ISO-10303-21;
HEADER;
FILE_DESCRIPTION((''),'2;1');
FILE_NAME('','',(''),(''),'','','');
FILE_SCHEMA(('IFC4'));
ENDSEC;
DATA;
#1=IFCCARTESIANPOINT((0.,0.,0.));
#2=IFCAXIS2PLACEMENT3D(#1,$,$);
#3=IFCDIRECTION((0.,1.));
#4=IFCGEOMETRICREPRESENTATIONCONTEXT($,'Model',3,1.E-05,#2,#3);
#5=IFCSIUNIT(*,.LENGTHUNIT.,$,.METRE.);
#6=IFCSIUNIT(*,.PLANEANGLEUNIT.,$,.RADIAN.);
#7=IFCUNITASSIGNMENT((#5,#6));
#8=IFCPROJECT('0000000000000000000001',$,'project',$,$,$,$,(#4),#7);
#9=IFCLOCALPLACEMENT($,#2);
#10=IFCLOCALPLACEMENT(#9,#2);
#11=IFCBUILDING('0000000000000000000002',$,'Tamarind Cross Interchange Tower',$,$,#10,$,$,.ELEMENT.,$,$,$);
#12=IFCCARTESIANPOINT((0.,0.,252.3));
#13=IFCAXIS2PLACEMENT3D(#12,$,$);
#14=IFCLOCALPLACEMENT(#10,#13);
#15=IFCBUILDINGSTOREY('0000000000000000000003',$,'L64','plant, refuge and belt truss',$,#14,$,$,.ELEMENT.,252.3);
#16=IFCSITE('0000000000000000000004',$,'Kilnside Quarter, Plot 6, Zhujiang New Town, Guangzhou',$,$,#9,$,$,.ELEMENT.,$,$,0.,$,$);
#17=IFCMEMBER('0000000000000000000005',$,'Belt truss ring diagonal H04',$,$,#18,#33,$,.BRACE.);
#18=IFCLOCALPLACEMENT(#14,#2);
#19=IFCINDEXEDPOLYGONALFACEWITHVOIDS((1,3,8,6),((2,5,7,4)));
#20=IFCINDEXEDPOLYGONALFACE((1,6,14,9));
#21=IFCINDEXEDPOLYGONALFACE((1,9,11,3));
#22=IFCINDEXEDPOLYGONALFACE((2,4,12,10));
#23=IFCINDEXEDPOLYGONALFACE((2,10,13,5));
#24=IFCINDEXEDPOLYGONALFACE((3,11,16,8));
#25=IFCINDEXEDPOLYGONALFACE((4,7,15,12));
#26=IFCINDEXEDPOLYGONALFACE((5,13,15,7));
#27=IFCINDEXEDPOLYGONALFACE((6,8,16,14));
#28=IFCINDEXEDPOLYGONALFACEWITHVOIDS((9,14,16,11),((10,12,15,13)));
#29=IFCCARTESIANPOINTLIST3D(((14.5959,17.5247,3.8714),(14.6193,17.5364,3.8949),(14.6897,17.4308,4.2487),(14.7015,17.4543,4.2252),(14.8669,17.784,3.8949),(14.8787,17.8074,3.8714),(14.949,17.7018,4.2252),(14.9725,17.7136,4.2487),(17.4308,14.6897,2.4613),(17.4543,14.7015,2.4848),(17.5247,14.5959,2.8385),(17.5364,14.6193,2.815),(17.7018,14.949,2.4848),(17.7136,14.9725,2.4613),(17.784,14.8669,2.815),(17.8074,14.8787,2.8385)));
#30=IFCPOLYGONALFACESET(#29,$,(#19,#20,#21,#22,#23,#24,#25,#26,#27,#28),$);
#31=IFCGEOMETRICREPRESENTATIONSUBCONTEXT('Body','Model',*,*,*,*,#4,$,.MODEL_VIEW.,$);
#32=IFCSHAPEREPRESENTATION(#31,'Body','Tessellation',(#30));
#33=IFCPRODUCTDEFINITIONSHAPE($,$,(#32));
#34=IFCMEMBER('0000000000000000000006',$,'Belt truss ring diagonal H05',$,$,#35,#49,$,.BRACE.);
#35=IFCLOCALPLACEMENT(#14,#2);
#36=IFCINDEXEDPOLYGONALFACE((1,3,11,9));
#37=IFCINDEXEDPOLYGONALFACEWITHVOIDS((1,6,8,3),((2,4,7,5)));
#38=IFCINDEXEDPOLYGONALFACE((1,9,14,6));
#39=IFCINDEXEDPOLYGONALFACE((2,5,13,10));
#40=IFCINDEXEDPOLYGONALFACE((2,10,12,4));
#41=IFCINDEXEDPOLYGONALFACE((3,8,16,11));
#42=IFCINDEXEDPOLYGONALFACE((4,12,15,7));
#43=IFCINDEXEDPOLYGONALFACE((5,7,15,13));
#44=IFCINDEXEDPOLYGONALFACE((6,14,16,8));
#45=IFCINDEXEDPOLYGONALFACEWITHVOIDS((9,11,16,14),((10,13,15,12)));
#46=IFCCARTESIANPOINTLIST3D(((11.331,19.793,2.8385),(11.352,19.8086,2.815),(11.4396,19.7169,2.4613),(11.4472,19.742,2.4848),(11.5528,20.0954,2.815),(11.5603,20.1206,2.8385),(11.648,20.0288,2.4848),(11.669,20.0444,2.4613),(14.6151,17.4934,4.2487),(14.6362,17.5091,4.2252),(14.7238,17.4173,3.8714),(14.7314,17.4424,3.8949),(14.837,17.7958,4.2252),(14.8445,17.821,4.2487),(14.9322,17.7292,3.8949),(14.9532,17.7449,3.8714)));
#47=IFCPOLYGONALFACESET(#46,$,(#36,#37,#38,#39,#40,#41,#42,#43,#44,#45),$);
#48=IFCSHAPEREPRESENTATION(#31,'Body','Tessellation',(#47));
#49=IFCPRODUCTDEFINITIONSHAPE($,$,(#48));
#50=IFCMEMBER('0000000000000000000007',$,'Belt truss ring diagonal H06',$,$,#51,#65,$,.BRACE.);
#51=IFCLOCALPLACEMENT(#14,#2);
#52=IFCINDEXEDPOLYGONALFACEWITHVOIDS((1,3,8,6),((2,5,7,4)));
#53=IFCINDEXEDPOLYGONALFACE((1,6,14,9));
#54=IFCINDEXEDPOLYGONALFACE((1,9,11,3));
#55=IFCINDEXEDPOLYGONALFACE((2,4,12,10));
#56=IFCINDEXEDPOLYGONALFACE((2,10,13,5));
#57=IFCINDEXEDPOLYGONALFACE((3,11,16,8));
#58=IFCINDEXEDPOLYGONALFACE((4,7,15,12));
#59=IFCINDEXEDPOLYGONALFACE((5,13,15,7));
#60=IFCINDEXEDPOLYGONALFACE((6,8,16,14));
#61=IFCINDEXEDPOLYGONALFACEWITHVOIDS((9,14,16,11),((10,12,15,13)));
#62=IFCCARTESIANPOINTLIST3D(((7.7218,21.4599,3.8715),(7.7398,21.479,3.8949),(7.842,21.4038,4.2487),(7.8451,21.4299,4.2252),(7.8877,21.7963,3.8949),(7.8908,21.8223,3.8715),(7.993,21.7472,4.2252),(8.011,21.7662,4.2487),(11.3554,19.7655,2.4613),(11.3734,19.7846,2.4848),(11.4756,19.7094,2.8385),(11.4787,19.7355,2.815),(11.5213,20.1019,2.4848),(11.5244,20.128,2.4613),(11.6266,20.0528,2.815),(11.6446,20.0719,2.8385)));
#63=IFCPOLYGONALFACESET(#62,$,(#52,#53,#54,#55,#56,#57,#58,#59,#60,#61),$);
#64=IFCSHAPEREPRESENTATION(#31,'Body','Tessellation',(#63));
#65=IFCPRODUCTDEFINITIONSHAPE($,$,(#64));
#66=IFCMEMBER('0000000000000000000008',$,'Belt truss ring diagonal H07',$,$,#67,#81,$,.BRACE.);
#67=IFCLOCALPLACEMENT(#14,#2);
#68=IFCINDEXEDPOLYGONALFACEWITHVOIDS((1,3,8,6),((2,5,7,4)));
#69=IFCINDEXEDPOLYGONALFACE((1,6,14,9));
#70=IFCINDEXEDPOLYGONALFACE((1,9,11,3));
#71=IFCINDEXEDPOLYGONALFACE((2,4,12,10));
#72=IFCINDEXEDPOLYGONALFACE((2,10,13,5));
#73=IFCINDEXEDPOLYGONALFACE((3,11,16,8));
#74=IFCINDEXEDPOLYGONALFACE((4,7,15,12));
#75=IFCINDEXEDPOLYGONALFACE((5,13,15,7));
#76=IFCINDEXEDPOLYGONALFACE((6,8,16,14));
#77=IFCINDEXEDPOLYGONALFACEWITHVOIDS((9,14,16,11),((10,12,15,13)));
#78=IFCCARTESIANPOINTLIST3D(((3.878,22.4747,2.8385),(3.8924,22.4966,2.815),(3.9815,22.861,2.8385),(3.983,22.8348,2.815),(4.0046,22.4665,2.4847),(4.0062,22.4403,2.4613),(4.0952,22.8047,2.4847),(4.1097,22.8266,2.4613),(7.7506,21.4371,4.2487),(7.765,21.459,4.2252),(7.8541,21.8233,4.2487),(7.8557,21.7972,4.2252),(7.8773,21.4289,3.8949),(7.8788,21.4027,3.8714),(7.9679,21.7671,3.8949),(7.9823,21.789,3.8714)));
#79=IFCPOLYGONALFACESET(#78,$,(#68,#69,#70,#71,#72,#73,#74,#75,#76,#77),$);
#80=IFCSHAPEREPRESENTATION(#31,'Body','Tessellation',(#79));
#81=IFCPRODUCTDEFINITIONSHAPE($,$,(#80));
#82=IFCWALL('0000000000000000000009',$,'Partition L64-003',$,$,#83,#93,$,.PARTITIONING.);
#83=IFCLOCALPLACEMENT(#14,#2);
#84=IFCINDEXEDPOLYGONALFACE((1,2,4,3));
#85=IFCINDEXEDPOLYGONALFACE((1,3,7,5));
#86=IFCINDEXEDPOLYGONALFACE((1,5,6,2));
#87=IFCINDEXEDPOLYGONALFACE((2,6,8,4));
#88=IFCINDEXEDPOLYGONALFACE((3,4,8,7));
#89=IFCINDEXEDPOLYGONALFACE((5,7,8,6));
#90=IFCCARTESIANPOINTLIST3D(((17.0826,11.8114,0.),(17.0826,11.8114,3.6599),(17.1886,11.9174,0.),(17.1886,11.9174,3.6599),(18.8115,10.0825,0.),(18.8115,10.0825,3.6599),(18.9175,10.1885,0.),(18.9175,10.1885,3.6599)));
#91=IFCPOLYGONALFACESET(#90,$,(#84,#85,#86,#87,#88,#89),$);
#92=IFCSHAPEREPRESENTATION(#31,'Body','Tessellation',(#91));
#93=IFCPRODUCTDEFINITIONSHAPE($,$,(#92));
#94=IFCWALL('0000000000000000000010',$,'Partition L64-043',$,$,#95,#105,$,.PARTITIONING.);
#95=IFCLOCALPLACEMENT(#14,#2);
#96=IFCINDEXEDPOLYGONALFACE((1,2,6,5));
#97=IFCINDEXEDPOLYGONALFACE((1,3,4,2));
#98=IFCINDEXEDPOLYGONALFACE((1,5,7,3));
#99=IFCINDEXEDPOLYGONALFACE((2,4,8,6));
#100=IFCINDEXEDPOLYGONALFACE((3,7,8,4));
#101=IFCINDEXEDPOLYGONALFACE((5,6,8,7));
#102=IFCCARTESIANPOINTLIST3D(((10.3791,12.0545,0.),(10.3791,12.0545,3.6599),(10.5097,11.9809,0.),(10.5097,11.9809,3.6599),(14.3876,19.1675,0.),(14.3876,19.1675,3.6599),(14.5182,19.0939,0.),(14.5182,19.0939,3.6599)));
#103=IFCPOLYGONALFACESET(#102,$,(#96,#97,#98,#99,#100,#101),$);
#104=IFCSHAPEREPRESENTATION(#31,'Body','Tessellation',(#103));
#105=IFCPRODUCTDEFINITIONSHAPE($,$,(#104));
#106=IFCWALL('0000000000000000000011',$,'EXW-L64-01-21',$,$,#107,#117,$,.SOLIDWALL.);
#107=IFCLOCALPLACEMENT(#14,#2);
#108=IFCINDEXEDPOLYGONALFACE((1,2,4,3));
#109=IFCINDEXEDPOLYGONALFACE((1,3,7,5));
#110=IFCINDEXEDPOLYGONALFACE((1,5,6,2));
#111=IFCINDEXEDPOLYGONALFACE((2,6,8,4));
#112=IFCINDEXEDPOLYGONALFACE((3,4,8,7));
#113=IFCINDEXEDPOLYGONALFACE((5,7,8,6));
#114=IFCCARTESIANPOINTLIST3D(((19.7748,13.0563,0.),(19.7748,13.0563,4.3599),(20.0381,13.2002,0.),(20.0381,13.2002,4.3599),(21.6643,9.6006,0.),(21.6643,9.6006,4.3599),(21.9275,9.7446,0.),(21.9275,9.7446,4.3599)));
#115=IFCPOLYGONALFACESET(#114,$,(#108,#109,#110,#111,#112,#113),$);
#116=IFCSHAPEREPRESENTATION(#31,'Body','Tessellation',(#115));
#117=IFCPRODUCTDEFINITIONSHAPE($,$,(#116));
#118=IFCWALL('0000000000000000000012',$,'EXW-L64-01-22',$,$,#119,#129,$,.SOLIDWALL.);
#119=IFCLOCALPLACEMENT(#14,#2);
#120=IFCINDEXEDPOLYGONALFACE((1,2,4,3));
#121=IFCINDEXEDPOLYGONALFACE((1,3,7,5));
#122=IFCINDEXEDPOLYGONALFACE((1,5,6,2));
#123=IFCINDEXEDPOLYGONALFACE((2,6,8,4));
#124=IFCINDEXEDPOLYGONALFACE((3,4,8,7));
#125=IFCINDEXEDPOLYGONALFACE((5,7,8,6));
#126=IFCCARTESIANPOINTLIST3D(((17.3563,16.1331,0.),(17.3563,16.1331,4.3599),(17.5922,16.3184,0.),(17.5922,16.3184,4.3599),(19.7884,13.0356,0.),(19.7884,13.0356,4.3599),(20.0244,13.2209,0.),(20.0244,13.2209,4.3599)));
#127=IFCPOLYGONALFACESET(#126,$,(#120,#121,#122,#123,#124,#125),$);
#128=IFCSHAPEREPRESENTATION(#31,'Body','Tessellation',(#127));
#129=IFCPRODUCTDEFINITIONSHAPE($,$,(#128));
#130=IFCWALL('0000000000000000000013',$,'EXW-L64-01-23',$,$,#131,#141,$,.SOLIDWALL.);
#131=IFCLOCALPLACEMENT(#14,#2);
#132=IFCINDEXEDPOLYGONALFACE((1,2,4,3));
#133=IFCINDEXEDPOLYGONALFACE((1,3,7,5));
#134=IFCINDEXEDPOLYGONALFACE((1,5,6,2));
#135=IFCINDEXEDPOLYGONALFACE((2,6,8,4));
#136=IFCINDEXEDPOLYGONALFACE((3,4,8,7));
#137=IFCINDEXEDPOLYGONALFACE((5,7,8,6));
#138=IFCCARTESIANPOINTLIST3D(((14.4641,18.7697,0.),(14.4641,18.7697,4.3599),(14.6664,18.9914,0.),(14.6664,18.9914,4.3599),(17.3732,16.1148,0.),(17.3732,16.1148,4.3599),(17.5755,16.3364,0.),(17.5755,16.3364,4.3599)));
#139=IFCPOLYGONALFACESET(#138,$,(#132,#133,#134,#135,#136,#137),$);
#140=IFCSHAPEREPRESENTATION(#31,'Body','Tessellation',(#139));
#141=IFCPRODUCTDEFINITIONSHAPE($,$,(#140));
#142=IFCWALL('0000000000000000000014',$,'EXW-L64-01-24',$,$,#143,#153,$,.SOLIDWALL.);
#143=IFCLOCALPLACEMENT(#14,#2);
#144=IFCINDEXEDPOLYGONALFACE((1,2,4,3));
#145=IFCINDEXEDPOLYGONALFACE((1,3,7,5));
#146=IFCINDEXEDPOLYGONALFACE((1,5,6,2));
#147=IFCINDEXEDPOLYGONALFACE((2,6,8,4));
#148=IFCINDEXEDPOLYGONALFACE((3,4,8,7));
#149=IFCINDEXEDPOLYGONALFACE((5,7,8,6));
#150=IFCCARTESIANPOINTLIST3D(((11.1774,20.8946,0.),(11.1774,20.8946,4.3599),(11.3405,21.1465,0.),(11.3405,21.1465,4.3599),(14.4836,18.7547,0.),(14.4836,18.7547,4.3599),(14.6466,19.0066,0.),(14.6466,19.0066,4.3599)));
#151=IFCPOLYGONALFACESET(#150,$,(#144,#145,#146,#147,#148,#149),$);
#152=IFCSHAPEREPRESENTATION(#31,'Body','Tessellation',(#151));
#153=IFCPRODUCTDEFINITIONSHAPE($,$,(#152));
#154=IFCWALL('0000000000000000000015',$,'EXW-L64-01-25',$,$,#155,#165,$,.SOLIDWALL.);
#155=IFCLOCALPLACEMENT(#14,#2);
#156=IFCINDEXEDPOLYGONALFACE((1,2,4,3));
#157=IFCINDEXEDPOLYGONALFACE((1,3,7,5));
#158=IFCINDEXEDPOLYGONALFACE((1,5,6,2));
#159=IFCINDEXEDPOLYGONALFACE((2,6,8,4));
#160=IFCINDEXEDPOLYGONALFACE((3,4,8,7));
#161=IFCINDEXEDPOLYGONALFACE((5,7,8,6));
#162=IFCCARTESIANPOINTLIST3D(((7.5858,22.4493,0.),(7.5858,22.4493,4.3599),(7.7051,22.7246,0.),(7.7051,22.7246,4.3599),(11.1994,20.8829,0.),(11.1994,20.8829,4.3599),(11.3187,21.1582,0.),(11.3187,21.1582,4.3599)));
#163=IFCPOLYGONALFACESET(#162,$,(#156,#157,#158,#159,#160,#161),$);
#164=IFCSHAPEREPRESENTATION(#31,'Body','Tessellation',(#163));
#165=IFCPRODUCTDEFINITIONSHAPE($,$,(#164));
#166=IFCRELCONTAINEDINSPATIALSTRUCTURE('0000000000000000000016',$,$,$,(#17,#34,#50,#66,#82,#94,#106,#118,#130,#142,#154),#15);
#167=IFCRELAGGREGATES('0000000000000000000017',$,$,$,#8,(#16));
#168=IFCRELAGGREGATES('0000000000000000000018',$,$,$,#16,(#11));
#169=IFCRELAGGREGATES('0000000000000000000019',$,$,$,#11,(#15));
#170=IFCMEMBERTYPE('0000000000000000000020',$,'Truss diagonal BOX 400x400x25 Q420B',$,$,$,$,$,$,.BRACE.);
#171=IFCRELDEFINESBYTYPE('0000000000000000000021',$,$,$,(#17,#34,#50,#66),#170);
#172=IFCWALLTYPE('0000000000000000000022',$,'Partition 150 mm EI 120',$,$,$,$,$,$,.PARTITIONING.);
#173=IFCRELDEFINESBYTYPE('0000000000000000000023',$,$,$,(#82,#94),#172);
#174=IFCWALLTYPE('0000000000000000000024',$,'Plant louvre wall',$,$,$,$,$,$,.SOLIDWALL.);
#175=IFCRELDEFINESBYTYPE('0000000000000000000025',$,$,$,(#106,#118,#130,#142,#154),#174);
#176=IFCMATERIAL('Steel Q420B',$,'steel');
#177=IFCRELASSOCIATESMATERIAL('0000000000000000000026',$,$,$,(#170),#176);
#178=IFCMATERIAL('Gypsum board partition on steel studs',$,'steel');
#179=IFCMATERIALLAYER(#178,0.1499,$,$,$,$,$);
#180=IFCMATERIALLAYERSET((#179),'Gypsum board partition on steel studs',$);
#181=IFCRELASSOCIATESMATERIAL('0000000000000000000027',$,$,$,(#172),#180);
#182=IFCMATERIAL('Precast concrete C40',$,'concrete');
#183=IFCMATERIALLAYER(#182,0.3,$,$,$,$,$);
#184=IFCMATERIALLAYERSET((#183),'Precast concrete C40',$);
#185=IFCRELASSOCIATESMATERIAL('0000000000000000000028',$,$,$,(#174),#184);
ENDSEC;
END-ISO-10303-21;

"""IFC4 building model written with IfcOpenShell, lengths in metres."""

from ifc_helpers import new_model, si_unit, direction, frame, frame_2d, origin, origin_2d, place, context, subcontext, project, spatial, rectangle, hollow_rectangle, extrude, material, layer, layer_set, material_profile, profile_set, type_object, element, save


model = new_model("IFC4")

# Units and contexts
model_context = context("Model", 3, precision=1e-05, world=origin(), true_north=direction((0.0, 1.0)))
body_context = subcontext(model_context, "Body", "Model", "MODEL_VIEW")
ifc_project = project(units=[si_unit("LENGTHUNIT", "METRE"), si_unit("PLANEANGLEUNIT", "RADIAN")], contexts=[model_context])

# Site, building, storey
site_placement = place(None, origin())
site = spatial("IfcSite", under=ifc_project, at=site_placement, Name="Kilnside Quarter, Plot 6, Zhujiang New Town, Guangzhou", CompositionType="ELEMENT", RefElevation=0.0)
building_placement = place(site_placement, origin())
building = spatial("IfcBuilding", under=site, at=building_placement, Name="Tamarind Cross Interchange Tower", CompositionType="ELEMENT")
storey_placement = place(building_placement, frame((0.0, 0.0, 252.3)))
storey = spatial("IfcBuildingStorey", under=building, at=storey_placement, Name="L64", Description="plant, refuge and belt truss", CompositionType="ELEMENT", Elevation=252.3)

# Members
ifc_material_1 = material(Name="Steel Q420B", Category="steel")
ifc_material_profile_1 = material_profile(ifc_material_1, hollow_rectangle(XDim=0.3999, YDim=0.3999, WallThickness=0.0249, at=origin_2d()), Name="BOX 400x400x25")
ifc_profile_set_1 = profile_set([ifc_material_profile_1], Name="Steel Q420B")
member_type_1 = type_object("IfcMemberType", Name="Truss diagonal BOX 400x400x25 Q420B", PredefinedType="BRACE", material=ifc_profile_set_1)
for number, where, z_axis, x_axis, name in (
    (1, (17.6191, 14.7842, 2.6499), (-0.667049, 0.667049, 0.331801), (-0.707107, -0.707107, 0.0), "Belt truss ring diagonal H04"),
    (2, (14.7842, 17.6191, 4.0601), (-0.772751, 0.541075, -0.331803), (-0.573569, -0.819158, 0.0), "Belt truss ring diagonal H05"),
    (3, (11.5, 19.9187, 2.6499), (-0.854964, 0.398673, 0.331806), (-0.422615, -0.906309, 0.0), "Belt truss ring diagonal H06"),
    (4, (7.8665, 21.613, 4.0601), (-0.911206, 0.244145, -0.331807), (-0.258807, -0.965929, 0.0), "Belt truss ring diagonal H07"),
):
    element("IfcMember", number, at=place(storey_placement, frame(where, z_axis=z_axis, x_axis=x_axis)), inside=storey, type_object=member_type_1, Name=name, PredefinedType="BRACE", context=body_context, shape_type="SweptSolid", body=[
        extrude(hollow_rectangle(XDim=0.3999, YDim=0.3999, WallThickness=0.0249, at=origin_2d()), origin(), (0.0, 0.0, 1.0), 4.25),
    ])

# Walls
ifc_material_2 = material(Name="Gypsum board partition on steel studs", Category="steel")
ifc_layer_1 = layer(ifc_material_2, 0.1499)
ifc_layer_set_1 = layer_set([ifc_layer_1], Name="Gypsum board partition on steel studs")
wall_type_1 = type_object("IfcWallType", Name="Partition 150 mm EI 120", PredefinedType="PARTITIONING", material=ifc_layer_set_1)
wall_1_placement = place(storey_placement, frame((17.1355, 11.8645, 0.0), z_axis=(0.0, 0.0, 1.0), x_axis=(0.707107, -0.707107, 0.0)))
element("IfcWall", 5, at=wall_1_placement, inside=storey, type_object=wall_type_1, Name="Partition L64-003", PredefinedType="PARTITIONING", context=body_context, shape_type="SweptSolid", body=[
    extrude(rectangle(XDim=2.4451, YDim=0.1499, at=frame_2d((1.2227, 0.0))), origin(), (0.0, 0.0, 1.0), 3.6599),
])
wall_2_placement = place(storey_placement, frame((10.4443, 12.0176, 0.0), z_axis=(0.0, 0.0, 1.0), x_axis=(0.490955, 0.871185, 0.0)))
element("IfcWall", 6, at=wall_2_placement, inside=storey, type_object=wall_type_1, Name="Partition L64-043", PredefinedType="PARTITIONING", context=body_context, shape_type="SweptSolid", body=[
    extrude(rectangle(XDim=8.1648, YDim=0.1499, at=frame_2d((4.0825, 0.0))), origin(), (0.0, 0.0, 1.0), 3.6599),
])
ifc_material_3 = material(Name="Precast concrete C40", Category="concrete")
ifc_layer_2 = layer(ifc_material_3, 0.3)
ifc_layer_set_2 = layer_set([ifc_layer_2], Name="Precast concrete C40")
wall_type_2 = type_object("IfcWallType", Name="Plant louvre wall", PredefinedType="SOLIDWALL", material=ifc_layer_set_2)
wall_3_placement = place(storey_placement, frame((21.7959, 9.6726, 0.0), z_axis=(0.0, 0.0, 1.0), x_axis=(-0.479742, 0.877409, 0.0)))
element("IfcWall", 7, at=wall_3_placement, inside=storey, type_object=wall_type_2, Name="EXW-L64-01-21", PredefinedType="SOLIDWALL", context=body_context, shape_type="SweptSolid", body=[
    extrude(rectangle(XDim=3.9385, YDim=0.3, at=frame_2d((1.9692, 0.0))), origin(), (0.0, 0.0, 1.0), 4.3599),
])
wall_4_placement = place(storey_placement, frame((19.9065, 13.1282, 0.0), z_axis=(0.0, 0.0, 1.0), x_axis=(-0.617578, 0.78651, 0.0)))
element("IfcWall", 8, at=wall_4_placement, inside=storey, type_object=wall_type_2, Name="EXW-L64-01-22", PredefinedType="SOLIDWALL", context=body_context, shape_type="SweptSolid", body=[
    extrude(rectangle(XDim=3.9382, YDim=0.3, at=frame_2d((1.9692, 0.0))), origin(), (0.0, 0.0, 1.0), 4.3599),
])
wall_5_placement = place(storey_placement, frame((17.4744, 16.2256, 0.0), z_axis=(0.0, 0.0, 1.0), x_axis=(-0.738634, 0.674106, 0.0)))
element("IfcWall", 9, at=wall_5_placement, inside=storey, type_object=wall_type_2, Name="EXW-L64-01-23", PredefinedType="SOLIDWALL", context=body_context, shape_type="SweptSolid", body=[
    extrude(rectangle(XDim=3.9385, YDim=0.3, at=frame_2d((1.9692, 0.0))), origin(), (0.0, 0.0, 1.0), 4.3599),
])
wall_6_placement = place(storey_placement, frame((14.5652, 18.8806, 0.0), z_axis=(0.0, 0.0, 1.0), x_axis=(-0.839499, 0.543362, 0.0)))
element("IfcWall", 10, at=wall_6_placement, inside=storey, type_object=wall_type_2, Name="EXW-L64-01-24", PredefinedType="SOLIDWALL", context=body_context, shape_type="SweptSolid", body=[
    extrude(rectangle(XDim=3.9382, YDim=0.3, at=frame_2d((1.9692, 0.0))), origin(), (0.0, 0.0, 1.0), 4.3599),
])
wall_7_placement = place(storey_placement, frame((11.259, 21.0205, 0.0), z_axis=(0.0, 0.0, 1.0), x_axis=(-0.917505, 0.397724, 0.0)))
element("IfcWall", 11, at=wall_7_placement, inside=storey, type_object=wall_type_2, Name="EXW-L64-01-25", PredefinedType="SOLIDWALL", context=body_context, shape_type="SweptSolid", body=[
    extrude(rectangle(XDim=3.9385, YDim=0.3, at=frame_2d((1.9692, 0.0))), origin(), (0.0, 0.0, 1.0), 4.3599),
])

save(model, "model.ifc")
